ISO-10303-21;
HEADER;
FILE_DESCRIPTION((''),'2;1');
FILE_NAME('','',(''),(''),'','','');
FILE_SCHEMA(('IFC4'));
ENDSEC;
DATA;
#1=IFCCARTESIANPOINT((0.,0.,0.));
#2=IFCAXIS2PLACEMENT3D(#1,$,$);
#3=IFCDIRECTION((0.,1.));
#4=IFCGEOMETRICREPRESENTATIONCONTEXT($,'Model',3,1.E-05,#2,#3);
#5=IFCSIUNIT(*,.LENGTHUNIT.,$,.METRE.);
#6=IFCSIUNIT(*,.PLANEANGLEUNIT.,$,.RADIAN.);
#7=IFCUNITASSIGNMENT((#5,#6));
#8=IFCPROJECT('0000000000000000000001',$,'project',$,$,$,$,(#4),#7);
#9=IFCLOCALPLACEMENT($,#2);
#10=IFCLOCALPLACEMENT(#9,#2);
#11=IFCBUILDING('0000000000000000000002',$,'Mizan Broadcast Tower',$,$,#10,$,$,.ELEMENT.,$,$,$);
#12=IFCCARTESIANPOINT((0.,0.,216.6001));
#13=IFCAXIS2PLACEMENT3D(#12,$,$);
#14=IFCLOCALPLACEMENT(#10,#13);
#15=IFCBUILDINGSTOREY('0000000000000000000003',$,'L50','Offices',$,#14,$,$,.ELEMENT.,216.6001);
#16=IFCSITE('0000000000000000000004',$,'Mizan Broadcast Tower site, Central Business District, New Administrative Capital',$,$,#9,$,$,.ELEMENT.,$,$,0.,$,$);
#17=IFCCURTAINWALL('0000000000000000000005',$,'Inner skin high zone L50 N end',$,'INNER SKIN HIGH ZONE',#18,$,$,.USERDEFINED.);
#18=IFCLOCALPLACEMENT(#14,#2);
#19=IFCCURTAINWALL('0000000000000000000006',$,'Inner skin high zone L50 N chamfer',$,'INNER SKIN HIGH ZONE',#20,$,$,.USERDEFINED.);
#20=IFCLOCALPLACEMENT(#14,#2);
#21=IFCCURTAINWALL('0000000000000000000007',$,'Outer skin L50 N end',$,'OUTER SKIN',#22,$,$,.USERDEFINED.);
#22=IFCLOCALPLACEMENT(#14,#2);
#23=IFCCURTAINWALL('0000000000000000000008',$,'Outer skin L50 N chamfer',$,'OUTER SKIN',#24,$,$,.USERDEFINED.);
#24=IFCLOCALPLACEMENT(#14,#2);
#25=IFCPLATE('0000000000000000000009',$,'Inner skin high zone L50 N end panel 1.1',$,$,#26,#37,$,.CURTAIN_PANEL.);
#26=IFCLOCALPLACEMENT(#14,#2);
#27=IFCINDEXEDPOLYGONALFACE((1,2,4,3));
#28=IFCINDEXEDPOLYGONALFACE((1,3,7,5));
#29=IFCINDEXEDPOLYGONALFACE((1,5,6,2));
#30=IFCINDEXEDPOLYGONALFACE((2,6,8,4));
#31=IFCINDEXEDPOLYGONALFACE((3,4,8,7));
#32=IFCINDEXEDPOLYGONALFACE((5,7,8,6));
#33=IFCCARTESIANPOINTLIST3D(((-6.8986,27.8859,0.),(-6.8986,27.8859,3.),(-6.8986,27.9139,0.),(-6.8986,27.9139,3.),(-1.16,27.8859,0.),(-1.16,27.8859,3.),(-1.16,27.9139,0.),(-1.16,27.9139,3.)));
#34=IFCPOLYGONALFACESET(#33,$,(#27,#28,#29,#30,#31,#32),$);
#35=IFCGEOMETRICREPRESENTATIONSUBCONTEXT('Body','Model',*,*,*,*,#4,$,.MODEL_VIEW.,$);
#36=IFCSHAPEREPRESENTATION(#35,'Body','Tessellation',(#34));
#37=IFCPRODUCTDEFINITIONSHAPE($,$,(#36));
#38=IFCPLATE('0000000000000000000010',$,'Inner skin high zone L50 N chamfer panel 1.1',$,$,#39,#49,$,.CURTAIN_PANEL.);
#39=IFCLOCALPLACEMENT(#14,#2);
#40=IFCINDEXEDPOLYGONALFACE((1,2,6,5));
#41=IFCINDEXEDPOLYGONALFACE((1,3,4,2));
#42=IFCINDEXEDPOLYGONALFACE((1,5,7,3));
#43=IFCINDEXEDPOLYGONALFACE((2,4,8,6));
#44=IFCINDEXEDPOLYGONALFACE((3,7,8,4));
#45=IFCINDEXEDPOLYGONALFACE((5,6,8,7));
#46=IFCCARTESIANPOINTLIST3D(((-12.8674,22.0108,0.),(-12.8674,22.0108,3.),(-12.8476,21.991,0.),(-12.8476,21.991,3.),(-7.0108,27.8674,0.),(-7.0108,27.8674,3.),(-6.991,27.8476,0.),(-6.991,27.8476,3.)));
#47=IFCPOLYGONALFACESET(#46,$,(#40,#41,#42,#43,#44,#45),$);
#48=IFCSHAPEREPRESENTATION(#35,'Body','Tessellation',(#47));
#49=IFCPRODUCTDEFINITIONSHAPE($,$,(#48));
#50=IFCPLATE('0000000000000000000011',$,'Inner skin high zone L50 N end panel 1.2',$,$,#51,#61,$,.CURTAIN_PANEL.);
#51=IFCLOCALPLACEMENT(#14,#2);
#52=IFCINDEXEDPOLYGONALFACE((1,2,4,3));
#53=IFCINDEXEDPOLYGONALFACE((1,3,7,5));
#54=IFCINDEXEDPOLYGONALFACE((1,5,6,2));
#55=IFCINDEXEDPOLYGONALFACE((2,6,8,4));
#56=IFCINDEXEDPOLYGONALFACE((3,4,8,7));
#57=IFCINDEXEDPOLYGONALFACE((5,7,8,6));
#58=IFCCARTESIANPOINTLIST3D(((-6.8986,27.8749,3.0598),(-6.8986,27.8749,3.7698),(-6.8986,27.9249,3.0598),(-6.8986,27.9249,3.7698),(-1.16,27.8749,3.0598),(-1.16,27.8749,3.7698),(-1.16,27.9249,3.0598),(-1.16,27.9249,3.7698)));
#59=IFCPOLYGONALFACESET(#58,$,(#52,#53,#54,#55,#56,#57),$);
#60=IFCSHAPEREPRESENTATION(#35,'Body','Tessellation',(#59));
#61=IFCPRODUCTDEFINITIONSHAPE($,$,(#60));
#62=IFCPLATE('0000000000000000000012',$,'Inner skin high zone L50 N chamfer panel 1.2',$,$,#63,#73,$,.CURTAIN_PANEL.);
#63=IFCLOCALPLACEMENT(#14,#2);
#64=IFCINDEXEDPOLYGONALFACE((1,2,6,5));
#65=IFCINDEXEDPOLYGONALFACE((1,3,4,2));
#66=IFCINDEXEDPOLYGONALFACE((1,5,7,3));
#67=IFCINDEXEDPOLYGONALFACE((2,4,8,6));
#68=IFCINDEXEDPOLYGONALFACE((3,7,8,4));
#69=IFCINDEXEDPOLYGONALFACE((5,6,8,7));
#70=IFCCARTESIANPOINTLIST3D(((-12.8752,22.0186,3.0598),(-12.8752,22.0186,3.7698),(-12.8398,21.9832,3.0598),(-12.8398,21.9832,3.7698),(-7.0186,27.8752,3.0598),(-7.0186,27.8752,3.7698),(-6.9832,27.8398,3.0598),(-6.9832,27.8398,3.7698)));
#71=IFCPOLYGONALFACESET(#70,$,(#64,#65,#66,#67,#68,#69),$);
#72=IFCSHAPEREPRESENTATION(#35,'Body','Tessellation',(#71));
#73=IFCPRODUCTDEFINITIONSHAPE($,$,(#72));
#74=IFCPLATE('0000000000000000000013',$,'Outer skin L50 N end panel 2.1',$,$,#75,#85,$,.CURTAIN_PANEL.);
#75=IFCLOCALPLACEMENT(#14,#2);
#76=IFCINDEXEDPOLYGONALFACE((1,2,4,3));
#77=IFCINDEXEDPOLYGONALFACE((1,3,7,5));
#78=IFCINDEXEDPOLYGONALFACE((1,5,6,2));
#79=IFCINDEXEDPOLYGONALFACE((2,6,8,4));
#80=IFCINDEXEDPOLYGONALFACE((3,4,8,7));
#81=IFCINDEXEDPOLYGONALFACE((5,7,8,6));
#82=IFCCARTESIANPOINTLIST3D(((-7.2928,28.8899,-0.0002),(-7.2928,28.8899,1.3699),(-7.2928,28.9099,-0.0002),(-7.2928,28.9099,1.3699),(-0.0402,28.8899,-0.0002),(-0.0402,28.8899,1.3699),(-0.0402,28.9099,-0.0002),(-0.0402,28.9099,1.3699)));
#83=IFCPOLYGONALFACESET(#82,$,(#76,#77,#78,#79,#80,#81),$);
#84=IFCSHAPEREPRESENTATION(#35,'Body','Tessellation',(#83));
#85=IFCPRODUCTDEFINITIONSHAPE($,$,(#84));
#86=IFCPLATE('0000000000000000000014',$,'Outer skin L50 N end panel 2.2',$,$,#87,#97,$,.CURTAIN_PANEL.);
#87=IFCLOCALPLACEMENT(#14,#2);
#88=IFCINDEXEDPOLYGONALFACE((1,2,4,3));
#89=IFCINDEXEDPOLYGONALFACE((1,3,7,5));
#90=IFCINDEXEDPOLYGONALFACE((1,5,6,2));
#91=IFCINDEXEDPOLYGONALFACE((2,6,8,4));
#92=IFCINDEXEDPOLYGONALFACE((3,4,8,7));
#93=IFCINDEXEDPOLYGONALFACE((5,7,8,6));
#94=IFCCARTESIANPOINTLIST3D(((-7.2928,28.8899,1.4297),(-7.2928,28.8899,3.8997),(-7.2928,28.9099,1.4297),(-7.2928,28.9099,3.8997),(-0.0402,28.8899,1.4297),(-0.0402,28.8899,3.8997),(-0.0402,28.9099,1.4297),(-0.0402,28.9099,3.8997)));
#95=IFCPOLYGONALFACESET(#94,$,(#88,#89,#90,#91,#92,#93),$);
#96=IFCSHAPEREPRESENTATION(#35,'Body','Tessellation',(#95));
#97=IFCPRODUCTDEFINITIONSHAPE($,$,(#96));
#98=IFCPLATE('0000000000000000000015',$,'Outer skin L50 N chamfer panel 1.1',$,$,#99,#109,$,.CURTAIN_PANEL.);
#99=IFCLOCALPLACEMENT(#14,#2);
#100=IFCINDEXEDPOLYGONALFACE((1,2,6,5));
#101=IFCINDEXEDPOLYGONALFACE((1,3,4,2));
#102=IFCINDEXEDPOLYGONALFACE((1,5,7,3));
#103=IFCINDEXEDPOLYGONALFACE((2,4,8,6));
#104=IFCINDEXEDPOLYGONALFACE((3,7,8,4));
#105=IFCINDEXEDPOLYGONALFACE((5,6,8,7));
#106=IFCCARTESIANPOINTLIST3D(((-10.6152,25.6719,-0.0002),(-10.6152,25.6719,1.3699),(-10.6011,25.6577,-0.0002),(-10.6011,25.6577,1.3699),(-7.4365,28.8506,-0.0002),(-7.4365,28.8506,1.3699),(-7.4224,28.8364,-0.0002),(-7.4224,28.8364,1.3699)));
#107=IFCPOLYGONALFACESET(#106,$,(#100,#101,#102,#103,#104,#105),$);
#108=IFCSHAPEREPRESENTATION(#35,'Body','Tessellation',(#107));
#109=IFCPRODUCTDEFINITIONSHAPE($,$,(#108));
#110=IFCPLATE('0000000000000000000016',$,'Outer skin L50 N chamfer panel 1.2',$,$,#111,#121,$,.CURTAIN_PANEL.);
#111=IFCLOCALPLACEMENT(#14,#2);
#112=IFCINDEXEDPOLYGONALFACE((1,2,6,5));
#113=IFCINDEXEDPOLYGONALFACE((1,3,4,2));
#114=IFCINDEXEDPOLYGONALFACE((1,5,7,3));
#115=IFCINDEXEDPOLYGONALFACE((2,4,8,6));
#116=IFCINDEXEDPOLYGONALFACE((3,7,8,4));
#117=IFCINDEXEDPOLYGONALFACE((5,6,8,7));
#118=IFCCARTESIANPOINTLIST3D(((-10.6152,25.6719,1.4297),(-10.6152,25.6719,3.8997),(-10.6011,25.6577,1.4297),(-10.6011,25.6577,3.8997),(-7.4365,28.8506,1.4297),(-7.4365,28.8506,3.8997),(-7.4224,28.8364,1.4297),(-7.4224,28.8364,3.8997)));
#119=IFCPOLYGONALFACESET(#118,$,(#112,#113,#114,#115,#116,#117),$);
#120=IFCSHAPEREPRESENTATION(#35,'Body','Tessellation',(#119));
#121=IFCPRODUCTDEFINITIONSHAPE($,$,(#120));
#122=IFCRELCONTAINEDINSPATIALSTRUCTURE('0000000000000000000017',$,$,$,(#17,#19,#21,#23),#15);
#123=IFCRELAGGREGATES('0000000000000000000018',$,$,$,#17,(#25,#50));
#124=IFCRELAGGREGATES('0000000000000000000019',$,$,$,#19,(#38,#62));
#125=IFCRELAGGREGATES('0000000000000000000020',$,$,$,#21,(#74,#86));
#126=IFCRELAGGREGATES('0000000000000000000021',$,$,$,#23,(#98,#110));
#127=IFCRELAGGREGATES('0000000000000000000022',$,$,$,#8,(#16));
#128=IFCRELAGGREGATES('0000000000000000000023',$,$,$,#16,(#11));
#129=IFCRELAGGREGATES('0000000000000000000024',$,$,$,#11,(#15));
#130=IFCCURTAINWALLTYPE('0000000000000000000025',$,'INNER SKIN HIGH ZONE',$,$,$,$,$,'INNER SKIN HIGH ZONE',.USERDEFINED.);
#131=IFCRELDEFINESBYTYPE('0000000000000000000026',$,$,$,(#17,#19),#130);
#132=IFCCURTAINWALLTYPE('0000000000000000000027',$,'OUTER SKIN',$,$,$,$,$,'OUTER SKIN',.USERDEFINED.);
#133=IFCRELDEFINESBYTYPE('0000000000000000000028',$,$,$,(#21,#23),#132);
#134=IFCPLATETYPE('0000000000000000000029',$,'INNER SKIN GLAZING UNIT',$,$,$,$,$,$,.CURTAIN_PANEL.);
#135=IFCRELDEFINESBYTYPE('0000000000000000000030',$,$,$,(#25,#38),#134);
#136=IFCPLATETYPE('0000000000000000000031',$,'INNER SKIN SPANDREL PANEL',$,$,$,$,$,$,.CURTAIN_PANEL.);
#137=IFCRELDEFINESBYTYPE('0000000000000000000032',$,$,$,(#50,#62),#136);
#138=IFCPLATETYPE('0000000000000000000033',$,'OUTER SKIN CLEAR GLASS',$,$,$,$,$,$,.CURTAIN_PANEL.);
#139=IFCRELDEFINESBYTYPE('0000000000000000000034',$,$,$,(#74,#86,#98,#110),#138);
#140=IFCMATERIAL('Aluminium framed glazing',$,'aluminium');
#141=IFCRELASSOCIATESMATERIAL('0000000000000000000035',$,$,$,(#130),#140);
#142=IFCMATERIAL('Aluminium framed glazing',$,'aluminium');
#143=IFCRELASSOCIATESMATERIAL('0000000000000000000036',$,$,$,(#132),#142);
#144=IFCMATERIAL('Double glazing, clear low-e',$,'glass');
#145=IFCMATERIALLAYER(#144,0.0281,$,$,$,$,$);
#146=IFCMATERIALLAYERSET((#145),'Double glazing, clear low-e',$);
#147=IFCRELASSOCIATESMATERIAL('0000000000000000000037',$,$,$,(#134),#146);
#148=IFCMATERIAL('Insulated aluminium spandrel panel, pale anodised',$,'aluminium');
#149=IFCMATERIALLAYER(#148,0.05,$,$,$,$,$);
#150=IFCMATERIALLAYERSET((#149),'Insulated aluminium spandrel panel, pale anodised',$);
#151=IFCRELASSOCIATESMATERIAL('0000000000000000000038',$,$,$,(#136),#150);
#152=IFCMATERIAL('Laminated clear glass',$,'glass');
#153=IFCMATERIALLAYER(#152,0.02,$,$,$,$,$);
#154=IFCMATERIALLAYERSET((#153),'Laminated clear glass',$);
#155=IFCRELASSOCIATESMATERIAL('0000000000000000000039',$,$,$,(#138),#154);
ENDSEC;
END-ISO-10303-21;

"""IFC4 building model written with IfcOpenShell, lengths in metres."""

from ifc_helpers import new_model, si_unit, direction, frame, origin, origin_2d, place, context, subcontext, project, spatial, rectangle, extrude, material, layer, layer_set, type_object, element, aggregate, save


model = new_model("IFC4")

# Units and contexts
model_context = context("Model", 3, precision=1e-05, world=origin(), true_north=direction((0.0, 1.0)))
body_context = subcontext(model_context, "Body", "Model", "MODEL_VIEW")
ifc_project = project(units=[si_unit("LENGTHUNIT", "METRE"), si_unit("PLANEANGLEUNIT", "RADIAN")], contexts=[model_context])

# Site, building, storey
site_placement = place(None, origin())
site = spatial("IfcSite", under=ifc_project, at=site_placement, Name="Mizan Broadcast Tower site, Central Business District, New Administrative Capital", CompositionType="ELEMENT", RefElevation=0.0)
building_placement = place(site_placement, origin())
building = spatial("IfcBuilding", under=site, at=building_placement, Name="Mizan Broadcast Tower", CompositionType="ELEMENT")
storey_placement = place(building_placement, frame((0.0, 0.0, 216.6001)))
storey = spatial("IfcBuildingStorey", under=building, at=storey_placement, Name="L50", Description="Offices", CompositionType="ELEMENT", Elevation=216.6001)

# Curtain wall
ifc_material_1 = material(Name="Aluminium framed glazing", Category="aluminium")
curtain_wall_type_1 = type_object("IfcCurtainWallType", Name="INNER SKIN HIGH ZONE", ElementType="INNER SKIN HIGH ZONE", PredefinedType="USERDEFINED", material=ifc_material_1)
curtain_wall_1_placement = place(storey_placement, origin())
curtain_wall_1 = element("IfcCurtainWall", 1, at=curtain_wall_1_placement, inside=storey, type_object=curtain_wall_type_1, Name="Inner skin high zone L50 N end", ObjectType="INNER SKIN HIGH ZONE", PredefinedType="USERDEFINED")

# Curtain walls
curtain_wall_2_placement = place(storey_placement, origin())
curtain_wall_2 = element("IfcCurtainWall", 2, at=curtain_wall_2_placement, inside=storey, type_object=curtain_wall_type_1, Name="Inner skin high zone L50 N chamfer", ObjectType="INNER SKIN HIGH ZONE", PredefinedType="USERDEFINED")
ifc_material_2 = material(Name="Aluminium framed glazing", Category="aluminium")
curtain_wall_type_2 = type_object("IfcCurtainWallType", Name="OUTER SKIN", ElementType="OUTER SKIN", PredefinedType="USERDEFINED", material=ifc_material_2)
curtain_wall_3_placement = place(storey_placement, origin())
curtain_wall_3 = element("IfcCurtainWall", 3, at=curtain_wall_3_placement, inside=storey, type_object=curtain_wall_type_2, Name="Outer skin L50 N end", ObjectType="OUTER SKIN", PredefinedType="USERDEFINED")
curtain_wall_4_placement = place(storey_placement, origin())
curtain_wall_4 = element("IfcCurtainWall", 4, at=curtain_wall_4_placement, inside=storey, type_object=curtain_wall_type_2, Name="Outer skin L50 N chamfer", ObjectType="OUTER SKIN", PredefinedType="USERDEFINED")

# Plates
ifc_material_3 = material(Name="Double glazing, clear low-e", Category="glass")
ifc_layer_1 = layer(ifc_material_3, 0.0281)
ifc_layer_set_1 = layer_set([ifc_layer_1], Name="Double glazing, clear low-e")
plate_type_1 = type_object("IfcPlateType", Name="INNER SKIN GLAZING UNIT", PredefinedType="CURTAIN_PANEL", material=ifc_layer_set_1)
plate_1_placement = place(storey_placement, frame((-4.0293, 27.8999, 0.0), z_axis=(0.0, 0.0, 1.0), x_axis=(-1.0, 0.0, 0.0)))
plate_1 = element("IfcPlate", 5, at=plate_1_placement, type_object=plate_type_1, Name="Inner skin high zone L50 N end panel 1.1", PredefinedType="CURTAIN_PANEL", context=body_context, shape_type="SweptSolid", body=[
    extrude(rectangle(XDim=5.7385, YDim=0.0281, at=origin_2d()), origin(), (0.0, 0.0, 1.0), 3.0),
])
plate_2_placement = place(storey_placement, frame((-9.9292, 24.9292, 0.0), z_axis=(0.0, 0.0, 1.0), x_axis=(-0.707107, -0.707107, 0.0)))
plate_2 = element("IfcPlate", 6, at=plate_2_placement, type_object=plate_type_1, Name="Inner skin high zone L50 N chamfer panel 1.1", PredefinedType="CURTAIN_PANEL", context=body_context, shape_type="SweptSolid", body=[
    extrude(rectangle(XDim=8.2825, YDim=0.0281, at=origin_2d()), origin(), (0.0, 0.0, 1.0), 3.0),
])
ifc_material_4 = material(Name="Insulated aluminium spandrel panel, pale anodised", Category="aluminium")
ifc_layer_2 = layer(ifc_material_4, 0.05)
ifc_layer_set_2 = layer_set([ifc_layer_2], Name="Insulated aluminium spandrel panel, pale anodised")
plate_type_2 = type_object("IfcPlateType", Name="INNER SKIN SPANDREL PANEL", PredefinedType="CURTAIN_PANEL", material=ifc_layer_set_2)
plate_3_placement = place(storey_placement, frame((-4.0293, 27.8999, 3.0598), z_axis=(0.0, 0.0, 1.0), x_axis=(-1.0, 0.0, 0.0)))
plate_3 = element("IfcPlate", 7, at=plate_3_placement, type_object=plate_type_2, Name="Inner skin high zone L50 N end panel 1.2", PredefinedType="CURTAIN_PANEL", context=body_context, shape_type="SweptSolid", body=[
    extrude(rectangle(XDim=5.7385, YDim=0.05, at=origin_2d()), origin(), (0.0, 0.0, 1.0), 0.71),
])
aggregate(curtain_wall_1, [plate_1, plate_3])
plate_4_placement = place(storey_placement, frame((-9.9292, 24.9292, 3.0598), z_axis=(0.0, 0.0, 1.0), x_axis=(-0.707107, -0.707107, 0.0)))
plate_4 = element("IfcPlate", 8, at=plate_4_placement, type_object=plate_type_2, Name="Inner skin high zone L50 N chamfer panel 1.2", PredefinedType="CURTAIN_PANEL", context=body_context, shape_type="SweptSolid", body=[
    extrude(rectangle(XDim=8.2825, YDim=0.05, at=origin_2d()), origin(), (0.0, 0.0, 1.0), 0.71),
])
aggregate(curtain_wall_2, [plate_2, plate_4])
ifc_material_5 = material(Name="Laminated clear glass", Category="glass")
ifc_layer_3 = layer(ifc_material_5, 0.02)
ifc_layer_set_3 = layer_set([ifc_layer_3], Name="Laminated clear glass")
plate_type_3 = type_object("IfcPlateType", Name="OUTER SKIN CLEAR GLASS", PredefinedType="CURTAIN_PANEL", material=ifc_layer_set_3)
plate_5_placement = place(storey_placement, frame((-3.6665, 28.8999, -0.0002), z_axis=(0.0, 0.0, 1.0), x_axis=(-1.0, 0.0, 0.0)))
plate_5 = element("IfcPlate", 9, at=plate_5_placement, type_object=plate_type_3, Name="Outer skin L50 N end panel 2.1", PredefinedType="CURTAIN_PANEL", context=body_context, shape_type="SweptSolid", body=[
    extrude(rectangle(XDim=7.2527, YDim=0.02, at=origin_2d()), origin(), (0.0, 0.0, 1.0), 1.3701),
])
plate_6_placement = place(storey_placement, frame((-3.6665, 28.8999, 1.4297), z_axis=(0.0, 0.0, 1.0), x_axis=(-1.0, 0.0, 0.0)))
plate_6 = element("IfcPlate", 10, at=plate_6_placement, type_object=plate_type_3, Name="Outer skin L50 N end panel 2.2", PredefinedType="CURTAIN_PANEL", context=body_context, shape_type="SweptSolid", body=[
    extrude(rectangle(XDim=7.2527, YDim=0.02, at=origin_2d()), origin(), (0.0, 0.0, 1.0), 2.47),
])
aggregate(curtain_wall_3, [plate_5, plate_6])
plate_7_placement = place(storey_placement, frame((-9.0188, 27.2542, -0.0002), z_axis=(0.0, 0.0, 1.0), x_axis=(-0.707107, -0.707107, 0.0)))
plate_7 = element("IfcPlate", 11, at=plate_7_placement, type_object=plate_type_3, Name="Outer skin L50 N chamfer panel 1.1", PredefinedType="CURTAIN_PANEL", context=body_context, shape_type="SweptSolid", body=[
    extrude(rectangle(XDim=4.4954, YDim=0.02, at=origin_2d()), origin(), (0.0, 0.0, 1.0), 1.3701),
])
plate_8_placement = place(storey_placement, frame((-9.0188, 27.2542, 1.4297), z_axis=(0.0, 0.0, 1.0), x_axis=(-0.707107, -0.707107, 0.0)))
plate_8 = element("IfcPlate", 12, at=plate_8_placement, type_object=plate_type_3, Name="Outer skin L50 N chamfer panel 1.2", PredefinedType="CURTAIN_PANEL", context=body_context, shape_type="SweptSolid", body=[
    extrude(rectangle(XDim=4.4954, YDim=0.02, at=origin_2d()), origin(), (0.0, 0.0, 1.0), 2.47),
])
aggregate(curtain_wall_4, [plate_7, plate_8])

save(model, "model.ifc")
